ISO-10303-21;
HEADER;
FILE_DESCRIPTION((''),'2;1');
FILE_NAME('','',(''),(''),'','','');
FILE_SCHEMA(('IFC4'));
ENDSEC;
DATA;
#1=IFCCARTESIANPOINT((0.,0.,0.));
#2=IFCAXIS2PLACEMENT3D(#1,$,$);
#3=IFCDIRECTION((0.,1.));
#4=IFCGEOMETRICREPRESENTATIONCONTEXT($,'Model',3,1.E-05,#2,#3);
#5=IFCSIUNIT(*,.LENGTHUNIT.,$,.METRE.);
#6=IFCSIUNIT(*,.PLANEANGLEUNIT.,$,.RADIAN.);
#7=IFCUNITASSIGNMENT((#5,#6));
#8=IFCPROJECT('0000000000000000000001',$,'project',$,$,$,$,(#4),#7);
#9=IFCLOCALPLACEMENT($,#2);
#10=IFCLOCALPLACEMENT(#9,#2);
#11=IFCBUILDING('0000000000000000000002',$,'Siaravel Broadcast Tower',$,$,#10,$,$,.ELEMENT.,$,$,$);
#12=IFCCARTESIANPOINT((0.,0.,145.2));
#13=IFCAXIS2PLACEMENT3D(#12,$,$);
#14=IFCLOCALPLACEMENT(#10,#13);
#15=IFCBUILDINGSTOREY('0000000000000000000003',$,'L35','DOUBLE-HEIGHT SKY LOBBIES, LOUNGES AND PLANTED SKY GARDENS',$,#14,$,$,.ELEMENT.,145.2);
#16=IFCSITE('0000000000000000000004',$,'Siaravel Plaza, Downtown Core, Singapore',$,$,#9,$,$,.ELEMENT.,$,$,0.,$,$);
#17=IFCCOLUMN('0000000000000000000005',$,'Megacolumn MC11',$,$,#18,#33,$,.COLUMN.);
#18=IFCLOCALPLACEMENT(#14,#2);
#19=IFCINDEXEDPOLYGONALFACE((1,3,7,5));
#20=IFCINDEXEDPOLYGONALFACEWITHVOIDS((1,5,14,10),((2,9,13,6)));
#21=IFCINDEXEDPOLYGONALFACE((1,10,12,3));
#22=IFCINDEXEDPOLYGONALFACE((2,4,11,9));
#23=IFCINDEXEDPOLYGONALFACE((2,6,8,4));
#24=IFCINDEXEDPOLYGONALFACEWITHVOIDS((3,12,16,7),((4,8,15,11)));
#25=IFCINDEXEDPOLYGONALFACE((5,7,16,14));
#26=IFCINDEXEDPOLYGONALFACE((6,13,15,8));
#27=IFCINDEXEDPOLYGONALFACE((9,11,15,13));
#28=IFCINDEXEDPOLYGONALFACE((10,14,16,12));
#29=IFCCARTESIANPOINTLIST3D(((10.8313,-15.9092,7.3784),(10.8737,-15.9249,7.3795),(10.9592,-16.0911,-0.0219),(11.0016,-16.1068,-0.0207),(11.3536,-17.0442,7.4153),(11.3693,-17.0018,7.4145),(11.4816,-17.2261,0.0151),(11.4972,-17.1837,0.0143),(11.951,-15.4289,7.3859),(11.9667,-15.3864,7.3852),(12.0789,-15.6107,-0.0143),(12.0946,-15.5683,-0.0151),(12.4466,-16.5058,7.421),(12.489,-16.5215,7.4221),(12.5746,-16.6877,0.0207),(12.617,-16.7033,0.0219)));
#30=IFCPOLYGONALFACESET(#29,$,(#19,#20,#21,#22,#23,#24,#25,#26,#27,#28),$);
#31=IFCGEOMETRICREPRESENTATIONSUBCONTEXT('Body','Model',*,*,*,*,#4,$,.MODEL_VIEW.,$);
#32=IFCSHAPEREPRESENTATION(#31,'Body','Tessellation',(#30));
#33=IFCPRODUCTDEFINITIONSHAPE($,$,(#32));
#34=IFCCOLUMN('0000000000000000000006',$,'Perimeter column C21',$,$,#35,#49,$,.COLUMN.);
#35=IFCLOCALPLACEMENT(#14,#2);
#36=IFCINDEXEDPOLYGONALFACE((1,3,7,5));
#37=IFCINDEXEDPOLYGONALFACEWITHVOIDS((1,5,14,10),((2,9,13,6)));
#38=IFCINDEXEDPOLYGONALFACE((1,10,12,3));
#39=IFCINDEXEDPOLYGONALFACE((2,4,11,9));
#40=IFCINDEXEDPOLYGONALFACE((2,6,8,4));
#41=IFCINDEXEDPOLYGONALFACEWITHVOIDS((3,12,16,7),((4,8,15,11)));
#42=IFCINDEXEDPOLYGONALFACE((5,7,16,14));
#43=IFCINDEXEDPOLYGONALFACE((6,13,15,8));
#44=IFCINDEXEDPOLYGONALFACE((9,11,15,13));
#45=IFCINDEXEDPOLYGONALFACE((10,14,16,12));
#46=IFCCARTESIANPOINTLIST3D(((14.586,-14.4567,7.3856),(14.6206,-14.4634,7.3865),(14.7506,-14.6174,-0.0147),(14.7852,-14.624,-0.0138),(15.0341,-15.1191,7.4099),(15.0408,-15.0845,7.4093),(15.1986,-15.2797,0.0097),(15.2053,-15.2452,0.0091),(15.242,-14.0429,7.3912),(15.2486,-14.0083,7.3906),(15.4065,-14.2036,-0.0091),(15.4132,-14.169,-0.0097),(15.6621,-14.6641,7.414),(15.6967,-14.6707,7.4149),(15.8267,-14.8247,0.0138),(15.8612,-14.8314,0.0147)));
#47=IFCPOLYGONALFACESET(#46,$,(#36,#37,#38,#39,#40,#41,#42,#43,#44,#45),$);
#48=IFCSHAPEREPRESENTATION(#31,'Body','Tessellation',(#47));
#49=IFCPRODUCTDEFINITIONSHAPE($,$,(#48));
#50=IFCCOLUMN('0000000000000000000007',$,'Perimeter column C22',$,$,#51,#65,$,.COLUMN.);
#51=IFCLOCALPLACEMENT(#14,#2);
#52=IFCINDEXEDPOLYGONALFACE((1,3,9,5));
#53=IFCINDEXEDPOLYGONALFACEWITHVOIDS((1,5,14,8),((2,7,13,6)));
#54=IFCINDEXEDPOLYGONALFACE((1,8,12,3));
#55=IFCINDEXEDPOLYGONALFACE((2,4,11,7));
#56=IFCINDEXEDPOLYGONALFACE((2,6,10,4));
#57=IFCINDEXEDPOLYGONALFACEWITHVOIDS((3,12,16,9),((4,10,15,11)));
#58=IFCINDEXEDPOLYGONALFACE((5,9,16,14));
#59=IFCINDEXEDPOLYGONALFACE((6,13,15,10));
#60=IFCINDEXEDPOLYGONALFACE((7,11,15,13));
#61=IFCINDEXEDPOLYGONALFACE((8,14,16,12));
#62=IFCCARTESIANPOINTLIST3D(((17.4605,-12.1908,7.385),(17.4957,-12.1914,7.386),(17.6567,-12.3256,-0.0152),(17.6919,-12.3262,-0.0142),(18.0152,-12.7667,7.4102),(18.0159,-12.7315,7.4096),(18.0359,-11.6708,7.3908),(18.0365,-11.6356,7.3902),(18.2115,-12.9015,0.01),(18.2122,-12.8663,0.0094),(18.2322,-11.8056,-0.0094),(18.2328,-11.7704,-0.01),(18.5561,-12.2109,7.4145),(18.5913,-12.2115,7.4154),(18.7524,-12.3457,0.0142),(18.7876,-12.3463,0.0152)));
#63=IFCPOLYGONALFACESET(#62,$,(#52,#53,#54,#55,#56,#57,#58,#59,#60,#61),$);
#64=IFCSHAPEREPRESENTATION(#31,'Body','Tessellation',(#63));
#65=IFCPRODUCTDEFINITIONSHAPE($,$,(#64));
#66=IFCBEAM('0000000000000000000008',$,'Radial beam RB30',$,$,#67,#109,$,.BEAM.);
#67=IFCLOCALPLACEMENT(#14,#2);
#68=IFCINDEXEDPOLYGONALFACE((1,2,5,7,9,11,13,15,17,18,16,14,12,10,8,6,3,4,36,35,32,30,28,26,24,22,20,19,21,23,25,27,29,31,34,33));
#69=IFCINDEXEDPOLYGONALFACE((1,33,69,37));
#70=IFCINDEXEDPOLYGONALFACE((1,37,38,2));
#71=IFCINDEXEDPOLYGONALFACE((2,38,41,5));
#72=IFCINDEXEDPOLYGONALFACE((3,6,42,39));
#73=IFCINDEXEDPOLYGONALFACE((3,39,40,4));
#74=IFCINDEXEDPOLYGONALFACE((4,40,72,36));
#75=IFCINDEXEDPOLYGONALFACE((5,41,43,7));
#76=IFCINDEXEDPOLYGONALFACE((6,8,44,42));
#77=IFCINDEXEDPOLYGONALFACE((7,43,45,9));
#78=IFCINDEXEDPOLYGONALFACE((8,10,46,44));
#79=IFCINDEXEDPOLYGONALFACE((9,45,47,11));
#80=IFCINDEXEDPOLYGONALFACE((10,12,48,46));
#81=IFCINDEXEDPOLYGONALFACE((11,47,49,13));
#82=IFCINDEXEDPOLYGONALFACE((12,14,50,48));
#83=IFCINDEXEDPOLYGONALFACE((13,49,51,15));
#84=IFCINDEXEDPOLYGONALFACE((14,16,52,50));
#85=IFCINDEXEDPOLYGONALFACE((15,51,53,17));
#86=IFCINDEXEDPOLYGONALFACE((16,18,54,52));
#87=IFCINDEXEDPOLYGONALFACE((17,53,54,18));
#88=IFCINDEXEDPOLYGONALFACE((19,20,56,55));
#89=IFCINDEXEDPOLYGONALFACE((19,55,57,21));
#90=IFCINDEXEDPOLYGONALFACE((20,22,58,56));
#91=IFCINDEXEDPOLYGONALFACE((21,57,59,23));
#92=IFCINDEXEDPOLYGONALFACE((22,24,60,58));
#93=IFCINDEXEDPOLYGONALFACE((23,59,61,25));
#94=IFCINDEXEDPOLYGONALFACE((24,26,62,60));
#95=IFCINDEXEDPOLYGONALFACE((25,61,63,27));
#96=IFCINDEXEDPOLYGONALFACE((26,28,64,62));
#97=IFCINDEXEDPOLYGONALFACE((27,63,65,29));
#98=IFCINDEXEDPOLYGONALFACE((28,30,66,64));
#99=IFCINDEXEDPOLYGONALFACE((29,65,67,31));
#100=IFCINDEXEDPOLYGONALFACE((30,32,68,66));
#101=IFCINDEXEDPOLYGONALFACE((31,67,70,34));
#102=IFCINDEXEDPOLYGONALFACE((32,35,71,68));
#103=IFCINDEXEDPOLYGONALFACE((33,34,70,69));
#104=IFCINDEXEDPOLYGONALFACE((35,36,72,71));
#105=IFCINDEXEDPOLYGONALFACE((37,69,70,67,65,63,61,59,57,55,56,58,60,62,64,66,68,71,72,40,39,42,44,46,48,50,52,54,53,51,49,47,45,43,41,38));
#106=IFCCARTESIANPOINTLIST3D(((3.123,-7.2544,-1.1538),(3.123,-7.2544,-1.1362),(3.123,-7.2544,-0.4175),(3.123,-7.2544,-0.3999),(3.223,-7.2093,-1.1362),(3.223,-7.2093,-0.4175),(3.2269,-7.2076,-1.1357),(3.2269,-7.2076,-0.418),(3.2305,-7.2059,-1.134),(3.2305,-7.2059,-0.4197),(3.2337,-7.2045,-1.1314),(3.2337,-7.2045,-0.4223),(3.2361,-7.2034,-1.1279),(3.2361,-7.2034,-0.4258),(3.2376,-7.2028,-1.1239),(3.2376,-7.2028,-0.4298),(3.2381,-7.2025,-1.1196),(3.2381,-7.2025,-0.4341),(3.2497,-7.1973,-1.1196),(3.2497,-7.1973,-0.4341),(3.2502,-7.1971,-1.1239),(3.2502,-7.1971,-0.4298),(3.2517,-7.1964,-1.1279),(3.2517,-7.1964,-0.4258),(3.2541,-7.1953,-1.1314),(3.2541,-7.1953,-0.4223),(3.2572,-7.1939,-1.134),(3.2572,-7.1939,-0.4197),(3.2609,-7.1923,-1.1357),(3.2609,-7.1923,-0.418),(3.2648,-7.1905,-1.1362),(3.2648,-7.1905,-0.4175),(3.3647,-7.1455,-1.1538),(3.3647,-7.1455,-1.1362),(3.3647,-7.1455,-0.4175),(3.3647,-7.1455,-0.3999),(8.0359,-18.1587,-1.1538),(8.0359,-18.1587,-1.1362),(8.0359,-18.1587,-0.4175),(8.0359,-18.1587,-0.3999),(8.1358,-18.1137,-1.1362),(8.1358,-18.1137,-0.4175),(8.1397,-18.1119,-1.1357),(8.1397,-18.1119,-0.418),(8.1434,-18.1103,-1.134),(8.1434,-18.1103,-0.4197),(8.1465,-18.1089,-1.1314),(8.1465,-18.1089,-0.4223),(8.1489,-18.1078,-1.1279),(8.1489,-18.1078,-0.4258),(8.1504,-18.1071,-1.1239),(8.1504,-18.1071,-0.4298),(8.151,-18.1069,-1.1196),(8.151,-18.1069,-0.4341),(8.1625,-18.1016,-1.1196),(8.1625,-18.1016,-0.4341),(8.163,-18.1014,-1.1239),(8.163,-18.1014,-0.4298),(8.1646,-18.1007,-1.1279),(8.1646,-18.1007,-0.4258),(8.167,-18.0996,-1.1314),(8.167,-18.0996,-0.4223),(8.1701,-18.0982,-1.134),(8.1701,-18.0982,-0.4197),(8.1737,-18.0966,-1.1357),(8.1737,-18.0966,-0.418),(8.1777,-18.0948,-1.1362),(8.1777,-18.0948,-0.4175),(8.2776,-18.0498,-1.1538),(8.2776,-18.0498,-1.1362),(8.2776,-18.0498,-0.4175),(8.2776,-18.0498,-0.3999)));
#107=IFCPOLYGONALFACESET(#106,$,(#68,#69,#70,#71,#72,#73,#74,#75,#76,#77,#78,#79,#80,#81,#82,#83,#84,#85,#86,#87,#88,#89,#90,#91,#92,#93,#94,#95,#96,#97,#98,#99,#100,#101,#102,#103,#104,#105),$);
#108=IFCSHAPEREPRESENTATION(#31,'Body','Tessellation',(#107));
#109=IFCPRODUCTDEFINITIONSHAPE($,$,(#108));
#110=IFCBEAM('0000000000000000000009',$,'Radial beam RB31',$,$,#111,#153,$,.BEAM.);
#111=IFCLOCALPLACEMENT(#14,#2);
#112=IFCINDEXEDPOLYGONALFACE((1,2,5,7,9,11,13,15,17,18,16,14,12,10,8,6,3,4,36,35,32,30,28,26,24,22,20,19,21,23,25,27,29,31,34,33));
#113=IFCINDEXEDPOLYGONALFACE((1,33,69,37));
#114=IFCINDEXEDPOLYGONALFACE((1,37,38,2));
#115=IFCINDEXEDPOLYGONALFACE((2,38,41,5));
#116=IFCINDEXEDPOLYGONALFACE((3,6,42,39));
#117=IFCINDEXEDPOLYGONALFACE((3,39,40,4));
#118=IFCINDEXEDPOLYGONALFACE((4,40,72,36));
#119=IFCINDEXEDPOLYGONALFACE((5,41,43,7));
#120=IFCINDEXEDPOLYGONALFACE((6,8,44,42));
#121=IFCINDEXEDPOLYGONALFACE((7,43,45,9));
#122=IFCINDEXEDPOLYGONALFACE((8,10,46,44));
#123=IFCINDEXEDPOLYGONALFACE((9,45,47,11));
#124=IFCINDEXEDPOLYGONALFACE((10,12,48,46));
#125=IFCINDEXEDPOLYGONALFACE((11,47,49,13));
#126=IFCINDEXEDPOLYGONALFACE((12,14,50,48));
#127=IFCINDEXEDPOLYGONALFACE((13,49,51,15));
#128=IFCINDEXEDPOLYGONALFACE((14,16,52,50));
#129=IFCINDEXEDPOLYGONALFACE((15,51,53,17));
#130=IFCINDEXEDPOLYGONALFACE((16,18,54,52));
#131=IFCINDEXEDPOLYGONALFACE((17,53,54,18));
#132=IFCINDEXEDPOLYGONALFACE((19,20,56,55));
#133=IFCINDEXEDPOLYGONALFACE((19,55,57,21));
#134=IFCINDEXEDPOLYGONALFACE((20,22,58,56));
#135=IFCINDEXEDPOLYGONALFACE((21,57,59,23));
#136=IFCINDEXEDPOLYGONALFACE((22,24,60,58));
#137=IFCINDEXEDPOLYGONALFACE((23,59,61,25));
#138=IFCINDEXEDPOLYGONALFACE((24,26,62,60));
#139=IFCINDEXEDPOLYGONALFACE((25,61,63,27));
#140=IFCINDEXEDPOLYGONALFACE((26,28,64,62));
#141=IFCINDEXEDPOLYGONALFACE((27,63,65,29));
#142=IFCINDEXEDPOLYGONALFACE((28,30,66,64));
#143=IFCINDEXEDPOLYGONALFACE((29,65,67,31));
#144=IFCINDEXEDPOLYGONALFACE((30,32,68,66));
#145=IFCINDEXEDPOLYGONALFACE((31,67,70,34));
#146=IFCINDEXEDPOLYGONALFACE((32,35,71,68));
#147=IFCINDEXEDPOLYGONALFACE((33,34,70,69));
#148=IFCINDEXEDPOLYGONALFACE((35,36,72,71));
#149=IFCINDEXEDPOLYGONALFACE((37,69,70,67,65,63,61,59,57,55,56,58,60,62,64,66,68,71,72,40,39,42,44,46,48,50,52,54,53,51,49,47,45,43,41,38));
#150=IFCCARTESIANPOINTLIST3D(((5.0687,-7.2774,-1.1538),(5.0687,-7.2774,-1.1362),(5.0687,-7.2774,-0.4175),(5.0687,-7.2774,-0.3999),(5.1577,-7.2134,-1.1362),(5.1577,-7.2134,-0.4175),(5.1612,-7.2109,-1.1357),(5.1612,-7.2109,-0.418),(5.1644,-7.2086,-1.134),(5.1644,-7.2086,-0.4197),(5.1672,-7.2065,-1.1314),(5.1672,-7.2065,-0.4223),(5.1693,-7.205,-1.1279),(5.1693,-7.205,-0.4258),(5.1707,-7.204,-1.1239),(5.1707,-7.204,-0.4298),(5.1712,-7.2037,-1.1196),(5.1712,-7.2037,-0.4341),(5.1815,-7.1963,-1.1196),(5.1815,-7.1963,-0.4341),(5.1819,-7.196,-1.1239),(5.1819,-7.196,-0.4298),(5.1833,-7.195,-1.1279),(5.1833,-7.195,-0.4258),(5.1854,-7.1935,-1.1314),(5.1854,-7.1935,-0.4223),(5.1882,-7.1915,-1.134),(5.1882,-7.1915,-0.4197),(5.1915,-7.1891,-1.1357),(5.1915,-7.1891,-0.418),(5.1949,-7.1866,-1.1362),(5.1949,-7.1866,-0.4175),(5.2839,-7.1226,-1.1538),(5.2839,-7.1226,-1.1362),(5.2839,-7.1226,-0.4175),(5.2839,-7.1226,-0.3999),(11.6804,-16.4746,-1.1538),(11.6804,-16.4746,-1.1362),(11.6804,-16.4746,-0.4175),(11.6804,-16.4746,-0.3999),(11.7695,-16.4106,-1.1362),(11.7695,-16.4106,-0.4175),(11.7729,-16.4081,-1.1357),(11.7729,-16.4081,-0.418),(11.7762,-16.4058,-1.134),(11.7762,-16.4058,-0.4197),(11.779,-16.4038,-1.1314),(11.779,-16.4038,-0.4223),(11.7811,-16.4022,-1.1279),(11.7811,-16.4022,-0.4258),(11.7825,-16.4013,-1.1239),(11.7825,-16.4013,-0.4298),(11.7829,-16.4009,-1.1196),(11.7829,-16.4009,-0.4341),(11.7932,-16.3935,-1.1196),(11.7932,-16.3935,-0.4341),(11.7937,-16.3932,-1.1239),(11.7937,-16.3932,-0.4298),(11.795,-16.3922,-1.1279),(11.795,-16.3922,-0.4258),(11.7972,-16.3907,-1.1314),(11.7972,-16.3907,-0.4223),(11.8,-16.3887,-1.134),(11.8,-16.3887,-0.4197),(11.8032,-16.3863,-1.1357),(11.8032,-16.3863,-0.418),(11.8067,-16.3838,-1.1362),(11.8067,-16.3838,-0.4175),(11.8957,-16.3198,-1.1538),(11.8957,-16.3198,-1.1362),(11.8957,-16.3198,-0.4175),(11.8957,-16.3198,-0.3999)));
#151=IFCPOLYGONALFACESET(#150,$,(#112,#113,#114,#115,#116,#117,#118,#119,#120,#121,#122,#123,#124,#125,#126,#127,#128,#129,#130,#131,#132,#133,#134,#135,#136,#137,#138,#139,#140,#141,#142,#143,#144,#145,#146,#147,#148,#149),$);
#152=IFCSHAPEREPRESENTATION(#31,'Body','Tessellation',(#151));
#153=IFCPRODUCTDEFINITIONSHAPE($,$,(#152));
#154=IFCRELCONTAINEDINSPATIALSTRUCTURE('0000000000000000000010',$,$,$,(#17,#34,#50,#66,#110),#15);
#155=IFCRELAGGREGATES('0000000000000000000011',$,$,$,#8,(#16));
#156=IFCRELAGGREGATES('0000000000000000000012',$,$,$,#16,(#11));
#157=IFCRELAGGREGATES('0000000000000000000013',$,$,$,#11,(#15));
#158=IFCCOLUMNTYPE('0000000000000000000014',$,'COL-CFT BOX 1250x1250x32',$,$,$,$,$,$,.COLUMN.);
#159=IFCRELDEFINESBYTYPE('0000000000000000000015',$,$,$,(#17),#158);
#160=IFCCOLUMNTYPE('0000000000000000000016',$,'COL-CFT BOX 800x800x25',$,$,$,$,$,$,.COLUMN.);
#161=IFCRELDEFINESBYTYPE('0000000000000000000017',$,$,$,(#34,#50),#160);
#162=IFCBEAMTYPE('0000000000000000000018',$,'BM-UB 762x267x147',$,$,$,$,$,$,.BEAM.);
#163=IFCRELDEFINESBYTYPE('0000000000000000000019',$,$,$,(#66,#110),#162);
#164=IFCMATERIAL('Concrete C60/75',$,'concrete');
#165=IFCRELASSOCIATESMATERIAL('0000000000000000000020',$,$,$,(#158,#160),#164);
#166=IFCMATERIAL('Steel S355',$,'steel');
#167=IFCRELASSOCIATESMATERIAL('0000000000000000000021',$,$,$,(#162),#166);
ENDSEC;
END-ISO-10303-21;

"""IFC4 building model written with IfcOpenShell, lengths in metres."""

from ifc_helpers import new_model, si_unit, direction, frame, origin, origin_2d, place, context, subcontext, project, spatial, hollow_rectangle, i_section, extrude, material, material_profile, profile_set, type_object, element, save


model = new_model("IFC4")

# Units and contexts
model_context = context("Model", 3, precision=1e-05, world=origin(), true_north=direction((0.0, 1.0)))
body_context = subcontext(model_context, "Body", "Model", "MODEL_VIEW")
ifc_project = project(units=[si_unit("LENGTHUNIT", "METRE"), si_unit("PLANEANGLEUNIT", "RADIAN")], contexts=[model_context])

# Site, building, storey
site_placement = place(None, origin())
site = spatial("IfcSite", under=ifc_project, at=site_placement, Name="Siaravel Plaza, Downtown Core, Singapore", CompositionType="ELEMENT", RefElevation=0.0)
building_placement = place(site_placement, origin())
building = spatial("IfcBuilding", under=site, at=building_placement, Name="Siaravel Broadcast Tower", CompositionType="ELEMENT")
storey_placement = place(building_placement, frame((0.0, 0.0, 145.2)))
storey = spatial("IfcBuildingStorey", under=building, at=storey_placement, Name="L35", Description="DOUBLE-HEIGHT SKY LOBBIES, LOUNGES AND PLANTED SKY GARDENS", CompositionType="ELEMENT", Elevation=145.2)

# Columns
ifc_material_1 = material(Name="Concrete C60/75", Category="concrete")
ifc_material_profile_1 = material_profile(ifc_material_1, hollow_rectangle(XDim=1.25, YDim=1.25, WallThickness=0.032, at=origin_2d()))
ifc_profile_set_1 = profile_set([ifc_material_profile_1], Name="Concrete C60/75")
column_type_1 = type_object("IfcColumnType", Name="COL-CFT BOX 1250x1250x32", PredefinedType="COLUMN", material=ifc_profile_set_1)
column_1_placement = place(storey_placement, frame((11.7881, -16.3972, 0.0), z_axis=(-0.01728, 0.024567, 0.999549), x_axis=(-0.908331, -0.418217, -0.005424)))
element("IfcColumn", 1, at=column_1_placement, inside=storey, type_object=column_type_1, Name="Megacolumn MC11", PredefinedType="COLUMN", context=body_context, shape_type="SweptSolid", body=[
    extrude(hollow_rectangle(XDim=1.25, YDim=1.25, WallThickness=0.032, at=origin_2d()), origin(), (0.0, 0.0, 1.0), 7.4036),
])
ifc_material_profile_2 = material_profile(ifc_material_1, hollow_rectangle(XDim=0.8, YDim=0.8, WallThickness=0.0249, at=origin_2d()))
ifc_profile_set_2 = profile_set([ifc_material_profile_2], Name="Concrete C60/75")
column_type_2 = type_object("IfcColumnType", Name="COL-CFT BOX 800x800x25", PredefinedType="COLUMN", material=ifc_profile_set_2)
column_2_placement = place(storey_placement, frame((15.3059, -14.7244, 0.0), z_axis=(-0.022225, 0.021698, 0.999518), x_axis=(-0.828185, -0.560421, -0.00625)))
element("IfcColumn", 2, at=column_2_placement, inside=storey, type_object=column_type_2, Name="Perimeter column C21", PredefinedType="COLUMN", context=body_context, shape_type="SweptSolid", body=[
    extrude(hollow_rectangle(XDim=0.8, YDim=0.8, WallThickness=0.0249, at=origin_2d()), origin(), (0.0, 0.0, 1.0), 7.4038),
])
column_3_placement = place(storey_placement, frame((18.2222, -12.3359, 0.0), z_axis=(-0.026511, 0.018202, 0.999483), x_axis=(-0.720044, -0.693898, -0.006462)))
element("IfcColumn", 3, at=column_3_placement, inside=storey, type_object=column_type_2, Name="Perimeter column C22", PredefinedType="COLUMN", context=body_context, shape_type="SweptSolid", body=[
    extrude(hollow_rectangle(XDim=0.8, YDim=0.8, WallThickness=0.0249, at=origin_2d()), origin(), (0.0, 0.0, 1.0), 7.4041),
])

# Beams
ifc_material_2 = material(Name="Steel S355", Category="steel")
ifc_material_profile_3 = material_profile(ifc_material_2, i_section(OverallWidth=0.2651, OverallDepth=0.7539, WebThickness=0.0127, FlangeThickness=0.0176, FilletRadius=0.0166, at=origin_2d()))
ifc_profile_set_3 = profile_set([ifc_material_profile_3], Name="Steel S355")
beam_type = type_object("IfcBeamType", Name="BM-UB 762x267x147", PredefinedType="BEAM", material=ifc_profile_set_3)
beam_1_placement = place(storey_placement, frame((8.1567, -18.1042, -0.7769), z_axis=(-0.410775, 0.911737, 0.0), x_axis=(-0.911737, -0.410775, 0.0)))
element("IfcBeam", 4, at=beam_1_placement, inside=storey, type_object=beam_type, Name="Radial beam RB30", PredefinedType="BEAM", context=body_context, shape_type="SweptSolid", body=[
    extrude(i_section(OverallWidth=0.2651, OverallDepth=0.7539, WebThickness=0.0127, FlangeThickness=0.0176, FilletRadius=0.0166, at=origin_2d()), origin(), (0.0, 0.0, 1.0), 11.96),
])
beam_2_placement = place(storey_placement, frame((11.7881, -16.3972, -0.7769), z_axis=(-0.583711, 0.811962, 0.0), x_axis=(-0.811962, -0.583711, 0.0)))
element("IfcBeam", 5, at=beam_2_placement, inside=storey, type_object=beam_type, Name="Radial beam RB31", PredefinedType="BEAM", context=body_context, shape_type="SweptSolid", body=[
    extrude(i_section(OverallWidth=0.2651, OverallDepth=0.7539, WebThickness=0.0127, FlangeThickness=0.0176, FilletRadius=0.0166, at=origin_2d()), origin(), (0.0, 0.0, 1.0), 11.3271),
])

save(model, "model.ifc")
